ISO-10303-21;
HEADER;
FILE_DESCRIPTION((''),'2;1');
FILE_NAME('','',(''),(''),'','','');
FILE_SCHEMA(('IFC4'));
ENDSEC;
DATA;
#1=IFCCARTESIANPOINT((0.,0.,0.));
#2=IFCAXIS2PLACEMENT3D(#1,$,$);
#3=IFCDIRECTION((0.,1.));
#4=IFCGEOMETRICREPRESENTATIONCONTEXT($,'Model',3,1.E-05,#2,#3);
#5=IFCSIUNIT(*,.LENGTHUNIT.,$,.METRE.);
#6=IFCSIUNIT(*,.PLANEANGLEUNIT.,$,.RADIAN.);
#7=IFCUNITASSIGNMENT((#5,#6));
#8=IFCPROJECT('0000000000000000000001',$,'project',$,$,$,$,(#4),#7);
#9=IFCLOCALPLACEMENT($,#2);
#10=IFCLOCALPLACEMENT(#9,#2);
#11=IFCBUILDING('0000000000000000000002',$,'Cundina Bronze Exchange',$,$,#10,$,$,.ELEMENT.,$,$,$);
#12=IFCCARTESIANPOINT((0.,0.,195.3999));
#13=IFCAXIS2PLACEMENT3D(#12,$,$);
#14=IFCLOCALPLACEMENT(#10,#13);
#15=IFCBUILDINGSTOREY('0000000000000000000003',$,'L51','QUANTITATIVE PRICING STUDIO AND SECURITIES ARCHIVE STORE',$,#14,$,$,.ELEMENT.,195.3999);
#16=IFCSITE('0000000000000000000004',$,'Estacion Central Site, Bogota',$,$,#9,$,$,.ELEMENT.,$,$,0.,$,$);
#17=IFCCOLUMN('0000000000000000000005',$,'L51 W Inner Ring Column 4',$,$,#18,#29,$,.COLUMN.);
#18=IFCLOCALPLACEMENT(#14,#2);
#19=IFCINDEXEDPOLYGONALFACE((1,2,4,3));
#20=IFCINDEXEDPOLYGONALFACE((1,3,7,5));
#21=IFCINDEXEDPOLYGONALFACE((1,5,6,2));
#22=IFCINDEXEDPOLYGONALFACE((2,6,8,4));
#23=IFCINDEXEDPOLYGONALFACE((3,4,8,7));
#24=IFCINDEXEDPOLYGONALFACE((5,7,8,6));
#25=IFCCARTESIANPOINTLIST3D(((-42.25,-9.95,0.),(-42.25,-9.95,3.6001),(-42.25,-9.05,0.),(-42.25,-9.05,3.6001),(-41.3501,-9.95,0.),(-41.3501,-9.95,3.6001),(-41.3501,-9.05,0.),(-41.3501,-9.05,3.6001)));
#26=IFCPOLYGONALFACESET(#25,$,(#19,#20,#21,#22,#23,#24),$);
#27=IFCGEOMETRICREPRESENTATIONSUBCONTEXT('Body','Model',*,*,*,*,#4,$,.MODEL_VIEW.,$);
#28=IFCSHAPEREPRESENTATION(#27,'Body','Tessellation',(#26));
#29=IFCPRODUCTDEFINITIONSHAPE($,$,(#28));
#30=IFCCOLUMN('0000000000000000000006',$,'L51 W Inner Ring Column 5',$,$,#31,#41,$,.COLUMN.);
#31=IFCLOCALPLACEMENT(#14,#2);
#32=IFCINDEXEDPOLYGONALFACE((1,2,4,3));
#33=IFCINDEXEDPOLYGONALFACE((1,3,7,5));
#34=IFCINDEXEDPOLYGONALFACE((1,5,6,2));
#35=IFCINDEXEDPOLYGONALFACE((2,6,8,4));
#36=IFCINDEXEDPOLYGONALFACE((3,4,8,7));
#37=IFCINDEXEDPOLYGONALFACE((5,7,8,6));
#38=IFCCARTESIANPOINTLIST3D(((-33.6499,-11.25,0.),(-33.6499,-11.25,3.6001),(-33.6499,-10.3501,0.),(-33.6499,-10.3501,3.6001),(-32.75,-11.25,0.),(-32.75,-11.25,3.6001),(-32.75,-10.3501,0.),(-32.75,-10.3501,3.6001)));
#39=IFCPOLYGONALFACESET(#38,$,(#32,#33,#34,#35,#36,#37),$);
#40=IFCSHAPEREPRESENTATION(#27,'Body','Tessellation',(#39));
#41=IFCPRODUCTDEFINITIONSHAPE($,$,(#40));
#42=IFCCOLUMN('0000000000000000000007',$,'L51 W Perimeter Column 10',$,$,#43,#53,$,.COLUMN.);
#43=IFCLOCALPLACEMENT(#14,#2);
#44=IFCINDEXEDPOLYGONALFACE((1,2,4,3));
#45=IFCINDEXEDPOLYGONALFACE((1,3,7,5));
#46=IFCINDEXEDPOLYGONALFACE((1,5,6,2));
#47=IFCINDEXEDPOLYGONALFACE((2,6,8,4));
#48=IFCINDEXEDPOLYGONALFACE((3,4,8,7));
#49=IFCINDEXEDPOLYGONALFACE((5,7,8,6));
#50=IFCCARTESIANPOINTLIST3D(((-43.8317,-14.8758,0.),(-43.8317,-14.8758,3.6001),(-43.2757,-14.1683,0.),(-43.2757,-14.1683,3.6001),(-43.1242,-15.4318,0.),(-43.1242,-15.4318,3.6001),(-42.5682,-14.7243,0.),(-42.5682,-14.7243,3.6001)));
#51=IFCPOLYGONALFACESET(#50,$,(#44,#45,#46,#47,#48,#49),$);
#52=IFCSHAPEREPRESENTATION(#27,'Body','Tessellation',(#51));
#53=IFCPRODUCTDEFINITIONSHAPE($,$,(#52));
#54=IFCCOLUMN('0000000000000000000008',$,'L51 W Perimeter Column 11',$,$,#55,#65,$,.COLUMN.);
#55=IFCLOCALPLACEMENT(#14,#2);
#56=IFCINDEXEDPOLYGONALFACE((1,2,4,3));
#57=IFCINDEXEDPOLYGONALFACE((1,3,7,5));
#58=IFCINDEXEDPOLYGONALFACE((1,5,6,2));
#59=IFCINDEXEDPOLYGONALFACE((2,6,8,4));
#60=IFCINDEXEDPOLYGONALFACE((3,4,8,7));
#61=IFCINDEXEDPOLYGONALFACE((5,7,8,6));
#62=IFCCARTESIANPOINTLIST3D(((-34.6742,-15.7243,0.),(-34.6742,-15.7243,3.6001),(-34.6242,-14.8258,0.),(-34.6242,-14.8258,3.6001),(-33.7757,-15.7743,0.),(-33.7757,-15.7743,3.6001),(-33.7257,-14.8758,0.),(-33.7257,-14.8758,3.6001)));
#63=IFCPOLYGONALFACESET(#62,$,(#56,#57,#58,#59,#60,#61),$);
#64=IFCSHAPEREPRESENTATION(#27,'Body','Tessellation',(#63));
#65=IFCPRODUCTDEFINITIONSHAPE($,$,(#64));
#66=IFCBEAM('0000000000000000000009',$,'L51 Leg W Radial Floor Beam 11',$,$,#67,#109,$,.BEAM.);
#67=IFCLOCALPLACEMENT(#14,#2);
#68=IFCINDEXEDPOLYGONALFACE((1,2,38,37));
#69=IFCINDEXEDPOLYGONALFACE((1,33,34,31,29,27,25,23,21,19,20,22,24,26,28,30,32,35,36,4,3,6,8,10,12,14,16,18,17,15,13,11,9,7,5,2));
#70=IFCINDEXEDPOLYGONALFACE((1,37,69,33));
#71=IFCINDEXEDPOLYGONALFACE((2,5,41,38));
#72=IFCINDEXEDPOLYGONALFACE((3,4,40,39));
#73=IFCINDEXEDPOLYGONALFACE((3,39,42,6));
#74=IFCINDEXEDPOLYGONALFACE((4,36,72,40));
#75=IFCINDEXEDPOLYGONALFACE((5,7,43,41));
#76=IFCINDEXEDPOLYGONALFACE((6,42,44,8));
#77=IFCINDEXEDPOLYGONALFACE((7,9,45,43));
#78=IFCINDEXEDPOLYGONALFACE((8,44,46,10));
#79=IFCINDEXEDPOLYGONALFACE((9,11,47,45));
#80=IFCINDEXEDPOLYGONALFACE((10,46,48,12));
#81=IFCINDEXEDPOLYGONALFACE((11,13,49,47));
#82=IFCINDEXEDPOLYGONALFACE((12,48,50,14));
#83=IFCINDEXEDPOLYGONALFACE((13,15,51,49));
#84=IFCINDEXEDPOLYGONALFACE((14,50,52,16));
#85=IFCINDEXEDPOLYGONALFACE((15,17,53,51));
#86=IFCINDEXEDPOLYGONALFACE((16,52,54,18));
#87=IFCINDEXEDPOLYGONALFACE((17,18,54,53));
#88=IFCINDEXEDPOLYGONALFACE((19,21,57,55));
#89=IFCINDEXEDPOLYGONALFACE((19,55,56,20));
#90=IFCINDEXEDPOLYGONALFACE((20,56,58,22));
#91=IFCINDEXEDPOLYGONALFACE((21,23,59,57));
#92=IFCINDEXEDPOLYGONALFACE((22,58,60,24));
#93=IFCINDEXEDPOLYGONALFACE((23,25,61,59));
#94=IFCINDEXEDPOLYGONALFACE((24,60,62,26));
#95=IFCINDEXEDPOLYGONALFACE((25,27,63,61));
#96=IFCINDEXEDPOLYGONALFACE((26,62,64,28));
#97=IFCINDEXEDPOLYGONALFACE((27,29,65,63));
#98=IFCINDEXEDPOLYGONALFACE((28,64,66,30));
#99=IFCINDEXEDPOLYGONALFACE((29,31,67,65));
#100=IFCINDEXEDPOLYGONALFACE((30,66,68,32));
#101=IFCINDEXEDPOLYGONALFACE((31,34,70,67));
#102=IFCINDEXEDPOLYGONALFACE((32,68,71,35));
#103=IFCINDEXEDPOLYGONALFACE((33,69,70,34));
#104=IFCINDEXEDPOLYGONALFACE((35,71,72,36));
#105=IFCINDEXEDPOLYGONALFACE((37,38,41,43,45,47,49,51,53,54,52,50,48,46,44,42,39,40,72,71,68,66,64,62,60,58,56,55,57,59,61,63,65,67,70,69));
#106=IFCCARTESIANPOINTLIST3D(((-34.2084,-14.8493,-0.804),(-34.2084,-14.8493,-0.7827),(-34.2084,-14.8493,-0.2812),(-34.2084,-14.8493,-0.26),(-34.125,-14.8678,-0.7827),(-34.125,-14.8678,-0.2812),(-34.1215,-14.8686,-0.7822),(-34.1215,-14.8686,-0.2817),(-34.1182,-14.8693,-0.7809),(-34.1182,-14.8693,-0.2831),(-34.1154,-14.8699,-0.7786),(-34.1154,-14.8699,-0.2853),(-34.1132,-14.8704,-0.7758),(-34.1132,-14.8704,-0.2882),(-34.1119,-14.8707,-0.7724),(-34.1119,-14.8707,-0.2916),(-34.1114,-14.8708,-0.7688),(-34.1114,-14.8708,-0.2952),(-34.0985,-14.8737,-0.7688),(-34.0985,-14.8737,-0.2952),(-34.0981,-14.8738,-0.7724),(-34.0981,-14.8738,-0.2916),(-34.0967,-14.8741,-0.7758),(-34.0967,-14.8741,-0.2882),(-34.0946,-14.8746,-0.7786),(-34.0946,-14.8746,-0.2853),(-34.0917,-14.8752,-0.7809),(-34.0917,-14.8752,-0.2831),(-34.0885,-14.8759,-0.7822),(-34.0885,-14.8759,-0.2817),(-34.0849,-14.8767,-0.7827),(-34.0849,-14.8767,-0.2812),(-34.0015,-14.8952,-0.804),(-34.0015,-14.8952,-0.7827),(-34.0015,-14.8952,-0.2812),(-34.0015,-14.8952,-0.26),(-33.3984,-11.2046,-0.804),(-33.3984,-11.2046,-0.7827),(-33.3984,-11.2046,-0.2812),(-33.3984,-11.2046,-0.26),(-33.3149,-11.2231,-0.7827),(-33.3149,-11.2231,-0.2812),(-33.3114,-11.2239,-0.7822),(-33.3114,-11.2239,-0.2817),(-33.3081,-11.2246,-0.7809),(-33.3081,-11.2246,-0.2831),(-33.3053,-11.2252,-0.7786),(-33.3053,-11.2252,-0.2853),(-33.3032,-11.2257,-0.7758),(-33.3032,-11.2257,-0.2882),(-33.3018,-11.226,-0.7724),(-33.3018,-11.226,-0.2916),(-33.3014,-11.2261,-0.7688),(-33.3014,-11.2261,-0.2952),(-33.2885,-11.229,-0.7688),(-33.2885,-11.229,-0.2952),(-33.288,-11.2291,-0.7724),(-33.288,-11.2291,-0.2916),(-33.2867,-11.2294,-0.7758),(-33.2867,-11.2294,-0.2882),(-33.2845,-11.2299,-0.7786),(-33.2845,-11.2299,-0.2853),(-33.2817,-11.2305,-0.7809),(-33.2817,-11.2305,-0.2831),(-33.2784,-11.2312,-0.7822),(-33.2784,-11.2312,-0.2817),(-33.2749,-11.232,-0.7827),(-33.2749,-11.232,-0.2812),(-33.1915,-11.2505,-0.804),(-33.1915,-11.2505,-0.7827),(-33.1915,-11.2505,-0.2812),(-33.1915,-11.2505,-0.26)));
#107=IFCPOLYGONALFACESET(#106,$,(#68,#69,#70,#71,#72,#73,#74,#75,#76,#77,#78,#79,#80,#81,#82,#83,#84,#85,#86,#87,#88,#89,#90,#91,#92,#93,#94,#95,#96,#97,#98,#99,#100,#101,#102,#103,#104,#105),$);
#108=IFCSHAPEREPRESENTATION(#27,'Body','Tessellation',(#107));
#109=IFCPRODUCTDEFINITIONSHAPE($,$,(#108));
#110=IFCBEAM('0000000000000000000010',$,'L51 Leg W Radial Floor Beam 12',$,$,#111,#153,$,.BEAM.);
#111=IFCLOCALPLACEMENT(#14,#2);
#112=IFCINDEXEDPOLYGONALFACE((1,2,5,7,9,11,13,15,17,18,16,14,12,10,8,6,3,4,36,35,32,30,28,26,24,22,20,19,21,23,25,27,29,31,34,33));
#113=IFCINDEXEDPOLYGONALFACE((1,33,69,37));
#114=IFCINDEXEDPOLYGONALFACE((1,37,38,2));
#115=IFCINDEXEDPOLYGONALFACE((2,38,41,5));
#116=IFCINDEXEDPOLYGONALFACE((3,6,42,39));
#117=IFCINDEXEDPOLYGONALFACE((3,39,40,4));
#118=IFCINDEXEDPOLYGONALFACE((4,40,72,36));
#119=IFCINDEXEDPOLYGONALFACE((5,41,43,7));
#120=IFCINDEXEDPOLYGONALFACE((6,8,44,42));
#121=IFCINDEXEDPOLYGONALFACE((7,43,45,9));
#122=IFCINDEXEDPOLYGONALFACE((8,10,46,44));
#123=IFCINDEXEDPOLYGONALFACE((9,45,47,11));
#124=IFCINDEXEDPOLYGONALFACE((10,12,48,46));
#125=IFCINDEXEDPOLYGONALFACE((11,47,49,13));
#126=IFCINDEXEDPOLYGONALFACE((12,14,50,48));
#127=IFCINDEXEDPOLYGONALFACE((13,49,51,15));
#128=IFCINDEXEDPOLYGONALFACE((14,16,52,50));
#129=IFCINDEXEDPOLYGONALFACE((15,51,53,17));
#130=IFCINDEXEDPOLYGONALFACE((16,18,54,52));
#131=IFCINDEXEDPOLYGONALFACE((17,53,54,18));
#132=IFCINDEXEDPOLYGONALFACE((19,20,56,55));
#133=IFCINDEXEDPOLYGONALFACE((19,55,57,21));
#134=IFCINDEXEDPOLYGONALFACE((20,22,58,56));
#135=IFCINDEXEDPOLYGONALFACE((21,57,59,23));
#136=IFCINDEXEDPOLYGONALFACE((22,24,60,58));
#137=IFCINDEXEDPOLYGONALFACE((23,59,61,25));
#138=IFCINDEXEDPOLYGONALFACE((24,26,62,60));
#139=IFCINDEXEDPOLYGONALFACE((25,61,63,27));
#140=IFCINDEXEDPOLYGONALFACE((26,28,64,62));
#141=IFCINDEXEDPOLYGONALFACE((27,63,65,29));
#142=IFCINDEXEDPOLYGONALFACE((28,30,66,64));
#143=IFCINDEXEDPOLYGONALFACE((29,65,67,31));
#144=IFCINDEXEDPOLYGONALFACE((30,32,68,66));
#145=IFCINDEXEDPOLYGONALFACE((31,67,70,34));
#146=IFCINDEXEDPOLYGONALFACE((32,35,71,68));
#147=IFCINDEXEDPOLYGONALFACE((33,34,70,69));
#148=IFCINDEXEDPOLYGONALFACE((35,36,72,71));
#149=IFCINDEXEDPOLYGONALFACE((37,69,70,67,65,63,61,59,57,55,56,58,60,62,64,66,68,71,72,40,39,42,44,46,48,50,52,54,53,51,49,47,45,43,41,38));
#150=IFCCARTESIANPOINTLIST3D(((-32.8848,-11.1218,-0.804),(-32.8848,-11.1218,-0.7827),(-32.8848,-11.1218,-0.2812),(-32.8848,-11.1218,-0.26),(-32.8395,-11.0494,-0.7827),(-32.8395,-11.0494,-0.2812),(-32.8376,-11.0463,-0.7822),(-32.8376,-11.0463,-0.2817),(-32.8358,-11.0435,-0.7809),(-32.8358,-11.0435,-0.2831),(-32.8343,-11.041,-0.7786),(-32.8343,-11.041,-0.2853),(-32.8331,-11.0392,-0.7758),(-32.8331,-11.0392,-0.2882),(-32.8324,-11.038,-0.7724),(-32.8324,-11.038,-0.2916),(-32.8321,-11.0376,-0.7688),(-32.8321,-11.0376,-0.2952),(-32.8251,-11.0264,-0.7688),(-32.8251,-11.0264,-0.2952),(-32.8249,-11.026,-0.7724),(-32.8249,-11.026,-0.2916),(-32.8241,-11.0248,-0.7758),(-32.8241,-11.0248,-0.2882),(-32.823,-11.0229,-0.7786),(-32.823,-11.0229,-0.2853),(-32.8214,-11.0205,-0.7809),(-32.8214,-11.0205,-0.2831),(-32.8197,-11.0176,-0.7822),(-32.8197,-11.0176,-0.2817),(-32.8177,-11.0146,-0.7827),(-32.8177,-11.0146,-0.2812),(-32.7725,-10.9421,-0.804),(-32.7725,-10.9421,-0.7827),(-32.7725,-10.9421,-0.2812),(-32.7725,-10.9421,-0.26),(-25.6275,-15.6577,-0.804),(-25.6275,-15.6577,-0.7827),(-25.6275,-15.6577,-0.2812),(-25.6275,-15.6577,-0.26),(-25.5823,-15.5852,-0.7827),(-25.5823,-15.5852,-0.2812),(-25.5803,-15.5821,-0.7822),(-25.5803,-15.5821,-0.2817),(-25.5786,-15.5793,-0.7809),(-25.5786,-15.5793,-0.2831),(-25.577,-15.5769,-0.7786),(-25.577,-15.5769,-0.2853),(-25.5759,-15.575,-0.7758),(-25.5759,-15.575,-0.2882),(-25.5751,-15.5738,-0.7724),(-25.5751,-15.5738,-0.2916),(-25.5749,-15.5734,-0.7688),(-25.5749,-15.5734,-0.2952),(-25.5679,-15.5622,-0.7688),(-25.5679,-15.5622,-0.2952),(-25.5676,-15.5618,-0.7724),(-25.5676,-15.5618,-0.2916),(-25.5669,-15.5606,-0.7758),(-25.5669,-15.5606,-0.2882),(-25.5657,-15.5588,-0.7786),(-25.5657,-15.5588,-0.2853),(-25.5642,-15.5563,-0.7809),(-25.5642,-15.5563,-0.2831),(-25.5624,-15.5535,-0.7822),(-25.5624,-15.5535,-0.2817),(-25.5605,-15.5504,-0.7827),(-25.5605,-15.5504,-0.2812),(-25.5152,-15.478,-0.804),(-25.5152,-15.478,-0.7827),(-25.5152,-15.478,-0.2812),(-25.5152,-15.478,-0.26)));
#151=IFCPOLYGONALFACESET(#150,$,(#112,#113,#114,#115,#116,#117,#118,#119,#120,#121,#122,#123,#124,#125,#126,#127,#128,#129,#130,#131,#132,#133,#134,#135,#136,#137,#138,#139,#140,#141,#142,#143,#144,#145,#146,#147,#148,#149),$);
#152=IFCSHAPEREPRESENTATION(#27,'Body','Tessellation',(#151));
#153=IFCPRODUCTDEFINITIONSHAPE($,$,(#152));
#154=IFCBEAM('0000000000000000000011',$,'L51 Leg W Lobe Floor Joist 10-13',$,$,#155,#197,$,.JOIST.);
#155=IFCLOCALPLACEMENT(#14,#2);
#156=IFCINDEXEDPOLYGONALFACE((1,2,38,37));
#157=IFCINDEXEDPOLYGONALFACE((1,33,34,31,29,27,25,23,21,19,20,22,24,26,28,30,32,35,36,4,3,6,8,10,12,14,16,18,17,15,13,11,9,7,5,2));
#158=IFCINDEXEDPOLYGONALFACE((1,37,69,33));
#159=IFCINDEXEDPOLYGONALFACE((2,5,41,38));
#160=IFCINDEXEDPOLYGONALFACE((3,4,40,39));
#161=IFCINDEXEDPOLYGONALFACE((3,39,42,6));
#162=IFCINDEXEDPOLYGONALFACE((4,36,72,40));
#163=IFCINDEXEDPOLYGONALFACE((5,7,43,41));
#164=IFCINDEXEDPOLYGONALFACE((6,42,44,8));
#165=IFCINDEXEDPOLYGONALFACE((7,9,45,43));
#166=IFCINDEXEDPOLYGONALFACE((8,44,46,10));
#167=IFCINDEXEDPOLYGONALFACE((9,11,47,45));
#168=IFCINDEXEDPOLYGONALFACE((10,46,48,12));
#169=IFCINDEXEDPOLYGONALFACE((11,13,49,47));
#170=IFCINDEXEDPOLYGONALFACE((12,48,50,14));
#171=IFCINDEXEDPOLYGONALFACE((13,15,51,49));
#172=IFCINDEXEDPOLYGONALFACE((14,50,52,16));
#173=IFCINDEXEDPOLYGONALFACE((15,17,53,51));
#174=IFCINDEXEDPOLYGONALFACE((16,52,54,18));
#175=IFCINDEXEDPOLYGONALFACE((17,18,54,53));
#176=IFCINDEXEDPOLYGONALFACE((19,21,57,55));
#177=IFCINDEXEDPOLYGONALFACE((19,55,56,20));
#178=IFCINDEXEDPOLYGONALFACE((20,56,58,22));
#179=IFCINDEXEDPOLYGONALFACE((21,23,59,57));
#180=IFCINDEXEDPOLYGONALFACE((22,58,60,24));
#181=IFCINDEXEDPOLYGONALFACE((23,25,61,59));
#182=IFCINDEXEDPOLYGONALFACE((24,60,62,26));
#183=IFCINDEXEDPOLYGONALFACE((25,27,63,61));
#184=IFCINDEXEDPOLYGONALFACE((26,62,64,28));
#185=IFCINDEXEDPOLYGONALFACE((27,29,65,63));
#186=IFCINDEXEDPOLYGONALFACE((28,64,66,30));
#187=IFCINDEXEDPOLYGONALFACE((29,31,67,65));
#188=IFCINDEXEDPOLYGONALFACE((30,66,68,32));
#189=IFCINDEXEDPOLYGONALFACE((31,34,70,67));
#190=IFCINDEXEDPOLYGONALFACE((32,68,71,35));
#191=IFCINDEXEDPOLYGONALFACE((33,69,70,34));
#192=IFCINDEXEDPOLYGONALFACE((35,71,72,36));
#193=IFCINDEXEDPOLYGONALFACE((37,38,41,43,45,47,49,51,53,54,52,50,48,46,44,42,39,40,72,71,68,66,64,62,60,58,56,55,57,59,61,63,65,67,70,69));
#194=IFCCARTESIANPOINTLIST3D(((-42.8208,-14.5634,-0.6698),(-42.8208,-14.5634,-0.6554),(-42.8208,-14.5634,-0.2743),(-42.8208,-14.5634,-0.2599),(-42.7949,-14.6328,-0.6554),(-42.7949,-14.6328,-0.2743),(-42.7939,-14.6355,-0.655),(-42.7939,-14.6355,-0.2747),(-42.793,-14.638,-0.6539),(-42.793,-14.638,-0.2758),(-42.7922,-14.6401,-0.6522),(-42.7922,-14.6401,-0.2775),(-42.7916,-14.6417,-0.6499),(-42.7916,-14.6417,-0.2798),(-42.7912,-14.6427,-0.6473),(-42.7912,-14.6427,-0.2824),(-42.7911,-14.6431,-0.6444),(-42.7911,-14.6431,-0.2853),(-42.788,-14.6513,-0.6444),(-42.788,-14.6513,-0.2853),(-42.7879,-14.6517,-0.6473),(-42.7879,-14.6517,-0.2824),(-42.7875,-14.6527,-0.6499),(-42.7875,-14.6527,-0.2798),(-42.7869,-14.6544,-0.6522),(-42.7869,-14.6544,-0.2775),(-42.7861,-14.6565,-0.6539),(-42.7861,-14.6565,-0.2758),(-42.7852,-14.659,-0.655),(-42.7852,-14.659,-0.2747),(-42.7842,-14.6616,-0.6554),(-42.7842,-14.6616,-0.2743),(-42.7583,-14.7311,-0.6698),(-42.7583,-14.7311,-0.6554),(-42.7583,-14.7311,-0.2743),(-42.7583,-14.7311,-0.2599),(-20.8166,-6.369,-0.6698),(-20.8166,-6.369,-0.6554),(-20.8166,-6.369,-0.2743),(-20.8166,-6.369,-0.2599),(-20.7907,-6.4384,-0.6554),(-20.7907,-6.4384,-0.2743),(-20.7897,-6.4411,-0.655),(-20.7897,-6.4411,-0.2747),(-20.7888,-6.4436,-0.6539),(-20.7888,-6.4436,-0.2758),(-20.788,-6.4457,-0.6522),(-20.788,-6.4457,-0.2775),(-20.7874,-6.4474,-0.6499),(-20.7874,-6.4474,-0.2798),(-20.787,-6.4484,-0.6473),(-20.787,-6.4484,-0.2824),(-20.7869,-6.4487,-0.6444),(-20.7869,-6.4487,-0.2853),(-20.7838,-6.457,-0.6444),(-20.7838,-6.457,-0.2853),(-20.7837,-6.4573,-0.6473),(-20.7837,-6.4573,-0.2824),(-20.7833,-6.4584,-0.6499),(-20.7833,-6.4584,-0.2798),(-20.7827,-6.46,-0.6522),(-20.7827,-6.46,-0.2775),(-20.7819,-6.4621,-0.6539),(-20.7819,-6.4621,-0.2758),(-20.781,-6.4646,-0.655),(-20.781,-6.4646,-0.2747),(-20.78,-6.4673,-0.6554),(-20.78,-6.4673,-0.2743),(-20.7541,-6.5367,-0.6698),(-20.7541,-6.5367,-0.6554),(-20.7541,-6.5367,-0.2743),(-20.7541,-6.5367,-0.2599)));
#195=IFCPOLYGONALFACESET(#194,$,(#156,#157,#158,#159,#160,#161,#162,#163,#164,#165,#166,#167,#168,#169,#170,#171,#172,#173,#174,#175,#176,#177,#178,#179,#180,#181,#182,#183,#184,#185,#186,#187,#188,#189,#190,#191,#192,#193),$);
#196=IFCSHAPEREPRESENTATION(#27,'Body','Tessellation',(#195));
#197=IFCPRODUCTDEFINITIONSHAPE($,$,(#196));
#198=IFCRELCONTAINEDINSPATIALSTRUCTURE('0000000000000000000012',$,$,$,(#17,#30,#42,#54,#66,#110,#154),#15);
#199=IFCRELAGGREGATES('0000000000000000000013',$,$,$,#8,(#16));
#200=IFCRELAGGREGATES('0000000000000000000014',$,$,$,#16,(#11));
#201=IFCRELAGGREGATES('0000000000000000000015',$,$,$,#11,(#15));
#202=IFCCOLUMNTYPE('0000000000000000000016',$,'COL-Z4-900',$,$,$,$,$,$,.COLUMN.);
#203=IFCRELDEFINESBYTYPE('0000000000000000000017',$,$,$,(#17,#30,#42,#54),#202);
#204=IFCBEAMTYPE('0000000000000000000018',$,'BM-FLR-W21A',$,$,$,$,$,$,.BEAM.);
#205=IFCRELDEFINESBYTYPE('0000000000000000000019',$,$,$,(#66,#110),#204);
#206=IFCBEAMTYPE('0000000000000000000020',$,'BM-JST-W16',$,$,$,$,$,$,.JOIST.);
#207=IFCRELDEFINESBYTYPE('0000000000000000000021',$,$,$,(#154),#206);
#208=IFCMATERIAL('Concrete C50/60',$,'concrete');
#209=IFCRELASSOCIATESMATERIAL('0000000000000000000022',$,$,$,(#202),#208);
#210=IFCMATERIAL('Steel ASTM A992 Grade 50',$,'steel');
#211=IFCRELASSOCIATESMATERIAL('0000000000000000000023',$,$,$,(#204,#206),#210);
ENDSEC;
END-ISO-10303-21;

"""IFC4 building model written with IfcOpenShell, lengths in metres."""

from ifc_helpers import new_model, si_unit, direction, frame, origin, origin_2d, place, context, subcontext, project, spatial, rectangle, i_section, extrude, material, material_profile, profile_set, type_object, element, save


model = new_model("IFC4")

# Units and contexts
model_context = context("Model", 3, precision=1e-05, world=origin(), true_north=direction((0.0, 1.0)))
body_context = subcontext(model_context, "Body", "Model", "MODEL_VIEW")
ifc_project = project(units=[si_unit("LENGTHUNIT", "METRE"), si_unit("PLANEANGLEUNIT", "RADIAN")], contexts=[model_context])

# Site, building, storey
site_placement = place(None, origin())
site = spatial("IfcSite", under=ifc_project, at=site_placement, Name="Estacion Central Site, Bogota", CompositionType="ELEMENT", RefElevation=0.0)
building_placement = place(site_placement, origin())
building = spatial("IfcBuilding", under=site, at=building_placement, Name="Cundina Bronze Exchange", CompositionType="ELEMENT")
storey_placement = place(building_placement, frame((0.0, 0.0, 195.3999)))
storey = spatial("IfcBuildingStorey", under=building, at=storey_placement, Name="L51", Description="QUANTITATIVE PRICING STUDIO AND SECURITIES ARCHIVE STORE", CompositionType="ELEMENT", Elevation=195.3999)

# Columns
ifc_material_1 = material(Name="Concrete C50/60", Category="concrete")
ifc_material_profile_1 = material_profile(ifc_material_1, rectangle(XDim=0.8999, YDim=0.8999, at=origin_2d()), Name="RC900X900", Category="concrete")
ifc_profile_set_1 = profile_set([ifc_material_profile_1], Name="Concrete C50/60")
column_type = type_object("IfcColumnType", Name="COL-Z4-900", PredefinedType="COLUMN", material=ifc_profile_set_1)
for number, where, z_axis, x_axis, name in (
    (1, (-41.8, -9.5, 0.0), (0.0, 0.0, 1.0), (1.0, 0.0, 0.0), "L51 W Inner Ring Column 4"),
    (2, (-33.2, -10.8, 0.0), (0.0, 0.0, 1.0), (1.0, 0.0, 0.0), "L51 W Inner Ring Column 5"),
    (3, (-43.2, -14.8, 0.0), (0.0, 0.0, 1.0), (0.786288, -0.61786, 0.0), "L51 W Perimeter Column 10"),
    (4, (-34.2, -15.3, 0.0), (0.0, 0.0, 1.0), (0.99846, -0.055473, 0.0), "L51 W Perimeter Column 11"),
):
    element("IfcColumn", number, at=place(storey_placement, frame(where, z_axis=z_axis, x_axis=x_axis)), inside=storey, type_object=column_type, Name=name, PredefinedType="COLUMN", context=body_context, shape_type="SweptSolid", body=[
        extrude(rectangle(XDim=0.8999, YDim=0.8999, at=origin_2d()), origin(), (0.0, 0.0, 1.0), 3.6001),
    ])

# Beams
ifc_material_2 = material(Name="Steel ASTM A992 Grade 50", Category="steel")
ifc_material_profile_2 = material_profile(ifc_material_2, i_section(OverallWidth=0.2119, OverallDepth=0.5439, WebThickness=0.0132, FlangeThickness=0.0212, FilletRadius=0.0139, at=origin_2d()), Name="W21X83", Category="steel")
ifc_profile_set_2 = profile_set([ifc_material_profile_2], Name="Steel ASTM A992 Grade 50")
beam_type_1 = type_object("IfcBeamType", Name="BM-FLR-W21A", PredefinedType="BEAM", material=ifc_profile_set_2)
beam_1_placement = place(storey_placement, frame((-33.2949, -11.2275, -0.532), z_axis=(-0.216958, -0.976181, 0.0), x_axis=(0.976181, -0.216958, 0.0)))
element("IfcBeam", 5, at=beam_1_placement, inside=storey, type_object=beam_type_1, Name="L51 Leg W Radial Floor Beam 11", PredefinedType="BEAM", context=body_context, shape_type="SweptSolid", body=[
    extrude(i_section(OverallWidth=0.2119, OverallDepth=0.5439, WebThickness=0.0132, FlangeThickness=0.0212, FilletRadius=0.0139, at=origin_2d()), origin(), (0.0, 0.0, 1.0), 3.7336),
])
beam_2_placement = place(storey_placement, frame((-32.8286, -11.032, -0.532), z_axis=(0.847995, -0.530004, 0.0), x_axis=(0.530004, 0.847995, 0.0)))
element("IfcBeam", 6, at=beam_2_placement, inside=storey, type_object=beam_type_1, Name="L51 Leg W Radial Floor Beam 12", PredefinedType="BEAM", context=body_context, shape_type="SweptSolid", body=[
    extrude(i_section(OverallWidth=0.2119, OverallDepth=0.5439, WebThickness=0.0132, FlangeThickness=0.0212, FilletRadius=0.0139, at=origin_2d()), origin(), (0.0, 0.0, 1.0), 8.5581),
])
ifc_material_profile_3 = material_profile(ifc_material_2, i_section(OverallWidth=0.179, OverallDepth=0.4099, WebThickness=0.0088, FlangeThickness=0.0144, FilletRadius=0.011, at=origin_2d()), Name="W16X45", Category="steel")
ifc_profile_set_3 = profile_set([ifc_material_profile_3], Name="Steel ASTM A992 Grade 50")
beam_type_2 = type_object("IfcBeamType", Name="BM-JST-W16", PredefinedType="JOIST", material=ifc_profile_set_3)
beam_3_placement = place(storey_placement, frame((-42.7896, -14.6472, -0.4648), z_axis=(0.937128, 0.348986, 0.0), x_axis=(-0.348986, 0.937128, 0.0)))
element("IfcBeam", 7, at=beam_3_placement, inside=storey, type_object=beam_type_2, Name="L51 Leg W Lobe Floor Joist 10-13", PredefinedType="JOIST", context=body_context, shape_type="SweptSolid", body=[
    extrude(i_section(OverallWidth=0.179, OverallDepth=0.4099, WebThickness=0.0088, FlangeThickness=0.0144, FilletRadius=0.011, at=origin_2d()), origin(), (0.0, 0.0, 1.0), 23.4805),
])

save(model, "model.ifc")
